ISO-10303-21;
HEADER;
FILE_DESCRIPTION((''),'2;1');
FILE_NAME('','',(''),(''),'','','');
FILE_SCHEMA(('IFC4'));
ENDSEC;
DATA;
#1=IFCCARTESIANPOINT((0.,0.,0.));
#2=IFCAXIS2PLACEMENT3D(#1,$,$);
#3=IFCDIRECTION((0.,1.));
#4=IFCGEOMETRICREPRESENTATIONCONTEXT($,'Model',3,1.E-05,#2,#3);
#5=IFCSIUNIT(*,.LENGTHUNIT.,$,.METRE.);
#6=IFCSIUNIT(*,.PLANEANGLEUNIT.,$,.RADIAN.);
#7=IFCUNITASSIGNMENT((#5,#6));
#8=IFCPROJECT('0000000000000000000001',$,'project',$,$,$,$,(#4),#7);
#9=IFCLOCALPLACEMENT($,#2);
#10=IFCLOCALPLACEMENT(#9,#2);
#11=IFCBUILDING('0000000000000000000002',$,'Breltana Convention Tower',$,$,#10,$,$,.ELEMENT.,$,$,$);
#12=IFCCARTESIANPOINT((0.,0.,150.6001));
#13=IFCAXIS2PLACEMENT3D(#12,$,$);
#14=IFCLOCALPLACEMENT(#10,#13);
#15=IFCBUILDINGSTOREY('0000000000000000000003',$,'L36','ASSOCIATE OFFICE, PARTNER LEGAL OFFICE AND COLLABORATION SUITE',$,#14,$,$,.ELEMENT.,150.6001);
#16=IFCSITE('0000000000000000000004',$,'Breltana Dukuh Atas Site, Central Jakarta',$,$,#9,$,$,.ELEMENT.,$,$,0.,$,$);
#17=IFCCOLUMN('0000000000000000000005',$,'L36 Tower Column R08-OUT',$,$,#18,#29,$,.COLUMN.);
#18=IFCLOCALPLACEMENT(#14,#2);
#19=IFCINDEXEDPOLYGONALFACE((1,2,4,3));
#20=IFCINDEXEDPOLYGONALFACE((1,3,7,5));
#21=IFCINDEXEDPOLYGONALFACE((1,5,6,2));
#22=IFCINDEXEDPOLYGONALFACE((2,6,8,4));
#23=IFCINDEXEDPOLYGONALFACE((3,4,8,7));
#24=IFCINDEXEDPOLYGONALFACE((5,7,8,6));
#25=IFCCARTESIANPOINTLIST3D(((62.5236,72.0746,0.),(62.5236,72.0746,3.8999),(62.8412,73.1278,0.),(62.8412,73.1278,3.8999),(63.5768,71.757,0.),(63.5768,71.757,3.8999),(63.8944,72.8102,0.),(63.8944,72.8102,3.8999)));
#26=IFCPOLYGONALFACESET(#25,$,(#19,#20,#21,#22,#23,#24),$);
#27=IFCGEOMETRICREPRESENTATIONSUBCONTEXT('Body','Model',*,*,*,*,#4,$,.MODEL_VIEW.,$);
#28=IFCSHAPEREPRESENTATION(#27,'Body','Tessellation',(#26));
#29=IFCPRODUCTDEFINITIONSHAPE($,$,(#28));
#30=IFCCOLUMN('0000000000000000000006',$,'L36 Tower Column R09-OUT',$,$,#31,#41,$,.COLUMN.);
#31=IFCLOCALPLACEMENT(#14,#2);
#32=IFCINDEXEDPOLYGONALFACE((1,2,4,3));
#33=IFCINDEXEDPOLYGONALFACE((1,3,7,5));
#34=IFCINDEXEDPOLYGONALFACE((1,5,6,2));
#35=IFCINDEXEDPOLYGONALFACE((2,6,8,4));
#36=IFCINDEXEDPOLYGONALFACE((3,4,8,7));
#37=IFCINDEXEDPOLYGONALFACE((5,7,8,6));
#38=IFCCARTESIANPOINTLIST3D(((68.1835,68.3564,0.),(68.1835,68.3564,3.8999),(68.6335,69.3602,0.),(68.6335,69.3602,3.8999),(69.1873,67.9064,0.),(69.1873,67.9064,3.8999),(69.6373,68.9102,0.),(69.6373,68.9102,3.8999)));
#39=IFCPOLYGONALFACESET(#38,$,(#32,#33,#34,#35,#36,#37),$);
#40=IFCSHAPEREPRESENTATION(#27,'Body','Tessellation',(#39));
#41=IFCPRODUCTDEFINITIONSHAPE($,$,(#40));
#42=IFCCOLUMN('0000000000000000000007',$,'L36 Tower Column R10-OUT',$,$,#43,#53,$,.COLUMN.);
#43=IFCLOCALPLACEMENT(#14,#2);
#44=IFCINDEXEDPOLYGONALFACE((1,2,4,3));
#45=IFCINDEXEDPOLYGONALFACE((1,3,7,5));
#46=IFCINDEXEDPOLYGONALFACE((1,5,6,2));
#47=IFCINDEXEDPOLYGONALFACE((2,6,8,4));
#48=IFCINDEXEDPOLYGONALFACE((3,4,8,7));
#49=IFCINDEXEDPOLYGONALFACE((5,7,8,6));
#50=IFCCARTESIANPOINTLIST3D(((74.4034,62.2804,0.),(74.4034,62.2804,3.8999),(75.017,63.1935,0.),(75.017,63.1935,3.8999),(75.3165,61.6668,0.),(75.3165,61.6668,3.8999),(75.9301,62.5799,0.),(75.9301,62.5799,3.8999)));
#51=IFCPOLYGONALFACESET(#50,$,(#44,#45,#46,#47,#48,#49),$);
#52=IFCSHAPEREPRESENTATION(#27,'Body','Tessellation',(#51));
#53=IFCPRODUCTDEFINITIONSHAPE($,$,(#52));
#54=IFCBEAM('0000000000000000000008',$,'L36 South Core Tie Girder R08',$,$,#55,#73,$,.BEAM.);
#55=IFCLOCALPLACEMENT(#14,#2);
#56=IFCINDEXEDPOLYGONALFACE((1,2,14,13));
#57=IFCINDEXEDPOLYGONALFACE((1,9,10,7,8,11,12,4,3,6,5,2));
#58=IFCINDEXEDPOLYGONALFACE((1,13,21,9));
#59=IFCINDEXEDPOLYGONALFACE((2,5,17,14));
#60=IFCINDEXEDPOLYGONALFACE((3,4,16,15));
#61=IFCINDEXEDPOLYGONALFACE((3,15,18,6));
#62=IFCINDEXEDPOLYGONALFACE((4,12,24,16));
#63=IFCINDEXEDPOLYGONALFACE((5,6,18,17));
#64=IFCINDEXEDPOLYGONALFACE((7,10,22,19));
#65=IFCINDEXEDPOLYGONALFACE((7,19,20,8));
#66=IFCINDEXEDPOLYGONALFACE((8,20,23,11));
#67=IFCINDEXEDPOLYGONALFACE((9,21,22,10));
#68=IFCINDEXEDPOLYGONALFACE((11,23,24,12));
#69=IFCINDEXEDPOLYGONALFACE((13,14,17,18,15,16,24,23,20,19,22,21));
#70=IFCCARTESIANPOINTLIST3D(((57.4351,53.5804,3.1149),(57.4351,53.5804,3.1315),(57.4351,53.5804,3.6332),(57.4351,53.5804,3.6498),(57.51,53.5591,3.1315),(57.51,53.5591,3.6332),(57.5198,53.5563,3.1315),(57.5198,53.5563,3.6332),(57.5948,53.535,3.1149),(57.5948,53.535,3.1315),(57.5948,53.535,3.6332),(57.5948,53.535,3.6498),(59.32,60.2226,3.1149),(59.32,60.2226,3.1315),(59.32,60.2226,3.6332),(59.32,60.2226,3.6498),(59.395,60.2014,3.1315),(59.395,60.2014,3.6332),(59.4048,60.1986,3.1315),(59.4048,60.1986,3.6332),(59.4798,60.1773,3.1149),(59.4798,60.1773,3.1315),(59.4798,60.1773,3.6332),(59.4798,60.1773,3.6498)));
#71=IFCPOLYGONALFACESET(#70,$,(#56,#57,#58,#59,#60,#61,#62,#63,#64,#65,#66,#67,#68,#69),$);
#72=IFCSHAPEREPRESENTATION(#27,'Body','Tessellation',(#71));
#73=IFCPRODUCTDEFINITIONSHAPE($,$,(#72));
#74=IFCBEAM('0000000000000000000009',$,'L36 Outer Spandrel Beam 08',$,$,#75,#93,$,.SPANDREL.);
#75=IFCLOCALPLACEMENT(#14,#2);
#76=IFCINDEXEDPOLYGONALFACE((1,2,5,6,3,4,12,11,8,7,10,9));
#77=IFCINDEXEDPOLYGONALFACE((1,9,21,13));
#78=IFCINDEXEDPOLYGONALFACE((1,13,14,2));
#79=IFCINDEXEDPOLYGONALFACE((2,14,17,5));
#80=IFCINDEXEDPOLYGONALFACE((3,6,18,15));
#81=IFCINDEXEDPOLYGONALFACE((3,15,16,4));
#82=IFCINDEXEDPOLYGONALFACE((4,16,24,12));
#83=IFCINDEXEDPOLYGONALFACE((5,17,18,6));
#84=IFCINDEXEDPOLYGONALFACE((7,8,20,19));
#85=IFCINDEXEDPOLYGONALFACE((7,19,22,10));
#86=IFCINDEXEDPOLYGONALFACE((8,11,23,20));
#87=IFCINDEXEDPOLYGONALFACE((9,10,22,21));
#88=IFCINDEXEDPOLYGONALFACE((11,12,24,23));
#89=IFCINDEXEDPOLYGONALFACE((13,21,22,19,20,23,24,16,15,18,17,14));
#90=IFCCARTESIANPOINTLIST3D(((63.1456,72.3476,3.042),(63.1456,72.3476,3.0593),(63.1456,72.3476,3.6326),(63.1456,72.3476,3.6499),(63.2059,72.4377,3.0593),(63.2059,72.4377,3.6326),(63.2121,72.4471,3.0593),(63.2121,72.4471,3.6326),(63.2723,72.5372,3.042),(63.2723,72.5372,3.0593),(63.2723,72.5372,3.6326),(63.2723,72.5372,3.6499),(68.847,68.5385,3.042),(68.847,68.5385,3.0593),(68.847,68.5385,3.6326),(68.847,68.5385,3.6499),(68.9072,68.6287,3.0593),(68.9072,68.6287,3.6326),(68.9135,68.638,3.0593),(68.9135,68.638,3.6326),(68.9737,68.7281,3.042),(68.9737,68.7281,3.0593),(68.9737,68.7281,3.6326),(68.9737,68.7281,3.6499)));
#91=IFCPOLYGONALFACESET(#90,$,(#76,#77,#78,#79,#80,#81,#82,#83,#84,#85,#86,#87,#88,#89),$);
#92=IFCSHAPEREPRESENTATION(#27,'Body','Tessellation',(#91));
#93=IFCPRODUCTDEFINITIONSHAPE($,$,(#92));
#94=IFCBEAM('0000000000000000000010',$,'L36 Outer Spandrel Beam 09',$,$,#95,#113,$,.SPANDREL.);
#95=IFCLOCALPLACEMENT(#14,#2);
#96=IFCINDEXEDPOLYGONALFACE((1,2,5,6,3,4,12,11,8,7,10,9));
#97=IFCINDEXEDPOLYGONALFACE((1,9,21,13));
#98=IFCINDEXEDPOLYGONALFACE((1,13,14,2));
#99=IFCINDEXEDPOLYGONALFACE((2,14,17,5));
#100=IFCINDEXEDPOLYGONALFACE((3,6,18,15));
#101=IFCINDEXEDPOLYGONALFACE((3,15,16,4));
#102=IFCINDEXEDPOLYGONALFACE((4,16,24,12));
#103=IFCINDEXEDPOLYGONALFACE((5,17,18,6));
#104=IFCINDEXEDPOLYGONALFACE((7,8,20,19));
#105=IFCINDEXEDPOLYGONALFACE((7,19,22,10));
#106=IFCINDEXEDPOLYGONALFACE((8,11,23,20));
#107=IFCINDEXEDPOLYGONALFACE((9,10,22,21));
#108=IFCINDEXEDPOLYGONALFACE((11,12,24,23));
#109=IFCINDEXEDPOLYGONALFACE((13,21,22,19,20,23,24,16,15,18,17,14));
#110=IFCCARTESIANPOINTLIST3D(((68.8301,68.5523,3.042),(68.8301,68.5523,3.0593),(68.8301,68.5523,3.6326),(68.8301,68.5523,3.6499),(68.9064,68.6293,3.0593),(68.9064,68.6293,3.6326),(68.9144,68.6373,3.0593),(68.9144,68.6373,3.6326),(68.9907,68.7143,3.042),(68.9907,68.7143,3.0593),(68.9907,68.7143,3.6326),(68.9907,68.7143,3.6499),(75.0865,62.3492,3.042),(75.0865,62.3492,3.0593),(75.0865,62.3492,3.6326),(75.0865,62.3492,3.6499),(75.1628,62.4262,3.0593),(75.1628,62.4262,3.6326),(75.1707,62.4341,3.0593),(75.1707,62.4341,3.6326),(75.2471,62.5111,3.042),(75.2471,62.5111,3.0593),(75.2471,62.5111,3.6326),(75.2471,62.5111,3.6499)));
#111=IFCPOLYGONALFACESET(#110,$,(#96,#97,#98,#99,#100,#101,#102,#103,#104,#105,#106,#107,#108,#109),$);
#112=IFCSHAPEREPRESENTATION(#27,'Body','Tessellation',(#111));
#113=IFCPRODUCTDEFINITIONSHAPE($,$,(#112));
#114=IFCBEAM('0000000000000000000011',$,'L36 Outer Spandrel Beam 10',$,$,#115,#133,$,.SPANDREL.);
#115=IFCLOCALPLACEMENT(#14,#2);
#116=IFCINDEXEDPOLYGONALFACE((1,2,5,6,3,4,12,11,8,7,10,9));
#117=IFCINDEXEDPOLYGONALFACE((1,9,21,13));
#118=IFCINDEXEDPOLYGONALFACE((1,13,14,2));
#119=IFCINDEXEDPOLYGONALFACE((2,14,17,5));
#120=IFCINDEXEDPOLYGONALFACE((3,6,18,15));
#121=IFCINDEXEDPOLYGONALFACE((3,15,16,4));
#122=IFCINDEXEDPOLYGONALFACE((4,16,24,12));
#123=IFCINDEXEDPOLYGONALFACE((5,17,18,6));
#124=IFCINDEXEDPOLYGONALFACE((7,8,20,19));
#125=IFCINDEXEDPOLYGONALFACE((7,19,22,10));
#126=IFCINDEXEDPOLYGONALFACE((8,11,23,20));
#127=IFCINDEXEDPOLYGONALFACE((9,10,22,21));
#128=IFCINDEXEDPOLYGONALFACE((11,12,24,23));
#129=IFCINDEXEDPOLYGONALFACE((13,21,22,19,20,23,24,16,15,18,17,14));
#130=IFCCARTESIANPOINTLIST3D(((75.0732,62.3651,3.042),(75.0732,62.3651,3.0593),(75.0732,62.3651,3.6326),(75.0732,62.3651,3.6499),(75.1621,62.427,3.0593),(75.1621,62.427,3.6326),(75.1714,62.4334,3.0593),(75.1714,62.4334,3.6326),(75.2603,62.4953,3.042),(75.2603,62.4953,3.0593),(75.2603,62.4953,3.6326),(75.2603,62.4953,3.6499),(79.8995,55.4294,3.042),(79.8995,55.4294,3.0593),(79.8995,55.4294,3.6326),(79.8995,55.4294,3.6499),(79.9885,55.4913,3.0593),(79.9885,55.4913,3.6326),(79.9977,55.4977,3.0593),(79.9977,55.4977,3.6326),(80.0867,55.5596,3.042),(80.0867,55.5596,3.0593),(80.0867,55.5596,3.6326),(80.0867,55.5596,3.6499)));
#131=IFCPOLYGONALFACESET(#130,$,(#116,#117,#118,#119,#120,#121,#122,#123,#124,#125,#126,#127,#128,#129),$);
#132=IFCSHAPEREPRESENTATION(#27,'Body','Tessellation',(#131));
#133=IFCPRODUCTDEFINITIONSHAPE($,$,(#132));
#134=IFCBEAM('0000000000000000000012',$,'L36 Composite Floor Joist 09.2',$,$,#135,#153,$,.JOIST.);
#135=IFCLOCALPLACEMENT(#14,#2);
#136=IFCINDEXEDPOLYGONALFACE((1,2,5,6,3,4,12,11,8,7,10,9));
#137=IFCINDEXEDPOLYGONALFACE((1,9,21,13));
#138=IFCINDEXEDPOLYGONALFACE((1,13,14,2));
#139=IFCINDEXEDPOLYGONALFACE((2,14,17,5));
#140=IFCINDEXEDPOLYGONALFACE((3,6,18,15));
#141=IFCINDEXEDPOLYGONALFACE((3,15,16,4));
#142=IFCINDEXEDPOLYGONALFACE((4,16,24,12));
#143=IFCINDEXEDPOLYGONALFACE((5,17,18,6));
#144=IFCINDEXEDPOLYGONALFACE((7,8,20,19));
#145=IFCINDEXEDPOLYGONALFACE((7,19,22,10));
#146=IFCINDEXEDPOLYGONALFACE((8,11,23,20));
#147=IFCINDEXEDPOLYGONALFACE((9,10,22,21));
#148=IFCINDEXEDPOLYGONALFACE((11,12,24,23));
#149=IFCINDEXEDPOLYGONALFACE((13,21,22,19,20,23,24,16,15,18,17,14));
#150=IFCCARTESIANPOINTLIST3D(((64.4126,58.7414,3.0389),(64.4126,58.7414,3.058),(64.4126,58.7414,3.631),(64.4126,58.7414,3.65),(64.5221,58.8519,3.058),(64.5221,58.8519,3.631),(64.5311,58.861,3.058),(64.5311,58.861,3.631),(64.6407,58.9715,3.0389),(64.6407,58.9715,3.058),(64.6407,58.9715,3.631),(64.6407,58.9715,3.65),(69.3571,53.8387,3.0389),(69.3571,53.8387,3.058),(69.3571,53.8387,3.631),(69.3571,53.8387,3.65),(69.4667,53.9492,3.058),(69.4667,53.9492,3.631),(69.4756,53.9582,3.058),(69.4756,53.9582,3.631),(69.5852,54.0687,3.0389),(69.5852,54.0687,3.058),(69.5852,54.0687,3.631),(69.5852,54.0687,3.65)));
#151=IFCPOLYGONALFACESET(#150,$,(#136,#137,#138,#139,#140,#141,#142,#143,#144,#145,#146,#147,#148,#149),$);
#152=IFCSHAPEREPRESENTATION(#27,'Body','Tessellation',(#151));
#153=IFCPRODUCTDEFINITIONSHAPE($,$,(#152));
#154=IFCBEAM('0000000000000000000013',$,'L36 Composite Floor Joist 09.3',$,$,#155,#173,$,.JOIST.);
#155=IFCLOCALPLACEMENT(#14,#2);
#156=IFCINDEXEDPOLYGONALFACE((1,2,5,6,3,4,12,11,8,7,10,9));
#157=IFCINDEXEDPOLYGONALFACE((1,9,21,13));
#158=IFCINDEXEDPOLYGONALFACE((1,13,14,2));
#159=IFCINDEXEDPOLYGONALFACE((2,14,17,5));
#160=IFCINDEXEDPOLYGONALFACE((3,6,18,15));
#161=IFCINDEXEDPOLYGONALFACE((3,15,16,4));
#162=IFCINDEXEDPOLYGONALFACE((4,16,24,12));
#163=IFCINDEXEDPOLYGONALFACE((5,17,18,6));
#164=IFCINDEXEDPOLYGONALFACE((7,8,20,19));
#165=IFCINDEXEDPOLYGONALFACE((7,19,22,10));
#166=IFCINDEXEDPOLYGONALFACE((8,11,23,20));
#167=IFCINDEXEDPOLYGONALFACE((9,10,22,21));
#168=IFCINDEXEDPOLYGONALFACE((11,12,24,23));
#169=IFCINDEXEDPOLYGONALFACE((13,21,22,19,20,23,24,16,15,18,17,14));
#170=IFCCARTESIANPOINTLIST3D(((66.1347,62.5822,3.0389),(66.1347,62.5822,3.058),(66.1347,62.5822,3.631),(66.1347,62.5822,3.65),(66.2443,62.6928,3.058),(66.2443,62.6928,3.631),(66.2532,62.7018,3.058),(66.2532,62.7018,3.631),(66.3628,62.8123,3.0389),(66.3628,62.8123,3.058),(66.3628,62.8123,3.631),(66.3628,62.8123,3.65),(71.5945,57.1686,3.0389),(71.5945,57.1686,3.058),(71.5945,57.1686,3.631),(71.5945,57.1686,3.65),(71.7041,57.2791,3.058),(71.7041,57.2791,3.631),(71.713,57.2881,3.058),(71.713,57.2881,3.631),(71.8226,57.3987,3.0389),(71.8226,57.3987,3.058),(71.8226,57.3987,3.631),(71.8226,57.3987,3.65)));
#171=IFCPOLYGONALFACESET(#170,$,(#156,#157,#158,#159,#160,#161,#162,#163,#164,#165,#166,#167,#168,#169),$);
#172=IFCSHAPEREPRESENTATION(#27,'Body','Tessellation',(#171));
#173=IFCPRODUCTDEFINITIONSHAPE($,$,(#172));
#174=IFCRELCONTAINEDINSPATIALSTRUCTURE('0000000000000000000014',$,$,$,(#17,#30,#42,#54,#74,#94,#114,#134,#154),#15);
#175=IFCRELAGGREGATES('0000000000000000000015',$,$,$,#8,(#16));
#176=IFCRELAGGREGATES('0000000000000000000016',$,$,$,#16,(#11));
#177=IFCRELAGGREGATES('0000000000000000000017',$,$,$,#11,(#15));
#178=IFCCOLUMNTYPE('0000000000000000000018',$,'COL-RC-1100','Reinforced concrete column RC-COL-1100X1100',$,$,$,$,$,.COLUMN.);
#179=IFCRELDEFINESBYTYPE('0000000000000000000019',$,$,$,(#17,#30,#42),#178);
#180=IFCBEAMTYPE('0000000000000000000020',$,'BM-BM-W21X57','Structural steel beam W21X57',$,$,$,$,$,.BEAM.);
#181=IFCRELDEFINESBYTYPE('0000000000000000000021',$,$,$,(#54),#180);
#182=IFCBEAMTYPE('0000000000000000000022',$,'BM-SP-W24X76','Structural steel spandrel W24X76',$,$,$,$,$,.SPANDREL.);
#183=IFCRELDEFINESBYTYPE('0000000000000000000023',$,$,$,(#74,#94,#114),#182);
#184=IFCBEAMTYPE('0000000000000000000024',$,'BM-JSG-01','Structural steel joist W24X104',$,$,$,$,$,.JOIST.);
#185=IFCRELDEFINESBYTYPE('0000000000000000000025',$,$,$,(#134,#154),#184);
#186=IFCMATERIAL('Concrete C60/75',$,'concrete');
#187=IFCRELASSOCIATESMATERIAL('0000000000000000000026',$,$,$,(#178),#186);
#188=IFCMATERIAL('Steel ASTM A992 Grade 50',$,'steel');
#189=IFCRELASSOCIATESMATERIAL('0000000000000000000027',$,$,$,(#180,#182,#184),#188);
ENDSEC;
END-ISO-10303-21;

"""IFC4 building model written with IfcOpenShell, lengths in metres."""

from ifc_helpers import new_model, si_unit, direction, frame, origin, origin_2d, place, context, subcontext, project, spatial, rectangle, i_section, extrude, source, transform, mapped, material, material_profile, profile_set, type_object, type_shapes, element, save


model = new_model("IFC4")

# Units and contexts
model_context = context("Model", 3, precision=1e-05, world=origin(), true_north=direction((0.0, 1.0)))
body_context = subcontext(model_context, "Body", "Model", "MODEL_VIEW")
ifc_project = project(units=[si_unit("LENGTHUNIT", "METRE"), si_unit("PLANEANGLEUNIT", "RADIAN")], contexts=[model_context])

# Site, building, storey
site_placement = place(None, origin())
site = spatial("IfcSite", under=ifc_project, at=site_placement, Name="Breltana Dukuh Atas Site, Central Jakarta", CompositionType="ELEMENT", RefElevation=0.0)
building_placement = place(site_placement, origin())
building = spatial("IfcBuilding", under=site, at=building_placement, Name="Breltana Convention Tower", CompositionType="ELEMENT")
storey_placement = place(building_placement, frame((0.0, 0.0, 150.6001)))
storey = spatial("IfcBuildingStorey", under=building, at=storey_placement, Name="L36", Description="ASSOCIATE OFFICE, PARTNER LEGAL OFFICE AND COLLABORATION SUITE", CompositionType="ELEMENT", Elevation=150.6001)

# Columns
ifc_material_1 = material(Name="Concrete C60/75", Category="concrete")
ifc_material_profile_1 = material_profile(ifc_material_1, rectangle(XDim=1.1001, YDim=1.1001, at=origin_2d()), Name="RC-COL-1100X1100")
ifc_profile_set_1 = profile_set([ifc_material_profile_1], Name="Concrete C60/75")
column_type = type_object("IfcColumnType", Name="COL-RC-1100", Description="Reinforced concrete column RC-COL-1100X1100", PredefinedType="COLUMN", material=ifc_profile_set_1)
shared_shape_1 = source(origin(), body_context, "Body", "SweptSolid", [
    extrude(rectangle(XDim=1.1001, YDim=1.1001, at=origin_2d()), origin(), (0.0, 0.0, 1.0), 3.8999),
])
for number, where, z_axis, x_axis, name in (
    (1, (63.209, 72.4424, 0.0), (0.0, 0.0, 1.0), (0.288698, 0.95742, 0.0), "L36 Tower Column R08-OUT"),
    (2, (68.9104, 68.6333, 0.0), (0.0, 0.0, 1.0), (0.409127, 0.912477, 0.0), "L36 Tower Column R09-OUT"),
    (3, (75.1667, 62.4302, 0.0), (0.0, 0.0, 1.0), (0.557745, 0.830012, 0.0), "L36 Tower Column R10-OUT"),
):
    element("IfcColumn", number, at=place(storey_placement, frame(where, z_axis=z_axis, x_axis=x_axis)), inside=storey, type_object=column_type, Name=name, PredefinedType="COLUMN", context=body_context, shape_type="MappedRepresentation", body=[
        mapped(shared_shape_1, transform((0.0, 0.0, 0.0), scale=1.0)),
    ])

# Beams
ifc_material_2 = material(Name="Steel ASTM A992 Grade 50", Category="steel")
ifc_material_profile_2 = material_profile(ifc_material_2, i_section(OverallWidth=0.166, OverallDepth=0.5349, WebThickness=0.0103, FlangeThickness=0.0166, at=origin_2d()), Name="W21X57")
ifc_profile_set_2 = profile_set([ifc_material_profile_2], Name="Steel ASTM A992 Grade 50")
beam_type_1 = type_object("IfcBeamType", Name="BM-BM-W21X57", Description="Structural steel beam W21X57", PredefinedType="BEAM", material=ifc_profile_set_2)
shared_shape_2 = source(origin(), body_context, "Body", "SweptSolid", [
    extrude(i_section(OverallWidth=0.166, OverallDepth=0.5349, WebThickness=0.0103, FlangeThickness=0.0166, at=origin_2d()), origin(), (0.0, 0.0, 1.0), 6.9045),
])
type_shapes(beam_type_1, [shared_shape_2])
beam_1_placement = place(storey_placement, frame((59.3999, 60.2, 3.3823), z_axis=(-0.273007, -0.962012, 0.0), x_axis=(0.962012, -0.273007, 0.0)))
element("IfcBeam", 4, at=beam_1_placement, inside=storey, type_object=beam_type_1, Name="L36 South Core Tie Girder R08", PredefinedType="BEAM", context=body_context, shape_type="MappedRepresentation", body=[
    mapped(shared_shape_2, transform((0.0, 0.0, 0.0), scale=1.0)),
])
ifc_material_profile_3 = material_profile(ifc_material_2, i_section(OverallWidth=0.228, OverallDepth=0.6079, WebThickness=0.0112, FlangeThickness=0.0173, at=origin_2d()), Name="W24X76")
ifc_profile_set_3 = profile_set([ifc_material_profile_3], Name="Steel ASTM A992 Grade 50")
beam_type_2 = type_object("IfcBeamType", Name="BM-SP-W24X76", Description="Structural steel spandrel W24X76", PredefinedType="SPANDREL", material=ifc_profile_set_3)
shared_shape_3 = source(origin(), body_context, "Body", "SweptSolid", [
    extrude(i_section(OverallWidth=0.228, OverallDepth=0.6079, WebThickness=0.0112, FlangeThickness=0.0173, at=origin_2d()), origin(), (0.0, 0.0, 1.0), 6.8567),
])
beam_2_placement = place(storey_placement, frame((63.209, 72.4424, 3.3459), z_axis=(0.831502, -0.555522, 0.0), x_axis=(0.555522, 0.831502, 0.0)))
element("IfcBeam", 5, at=beam_2_placement, inside=storey, type_object=beam_type_2, Name="L36 Outer Spandrel Beam 08", PredefinedType="SPANDREL", context=body_context, shape_type="MappedRepresentation", body=[
    mapped(shared_shape_3, transform((0.0, 0.0, 0.0), scale=1.0)),
])
shared_shape_4 = source(origin(), body_context, "Body", "SweptSolid", [
    extrude(i_section(OverallWidth=0.228, OverallDepth=0.6079, WebThickness=0.0112, FlangeThickness=0.0173, at=origin_2d()), origin(), (0.0, 0.0, 1.0), 8.8103),
])
beam_3_placement = place(storey_placement, frame((68.9104, 68.6333, 3.3459), z_axis=(0.710121, -0.70408, 0.0), x_axis=(0.70408, 0.710121, 0.0)))
element("IfcBeam", 6, at=beam_3_placement, inside=storey, type_object=beam_type_2, Name="L36 Outer Spandrel Beam 09", PredefinedType="SPANDREL", context=body_context, shape_type="MappedRepresentation", body=[
    mapped(shared_shape_4, transform((0.0, 0.0, 0.0), scale=1.0)),
])
shared_shape_5 = source(origin(), body_context, "Body", "SweptSolid", [
    extrude(i_section(OverallWidth=0.228, OverallDepth=0.6079, WebThickness=0.0112, FlangeThickness=0.0173, at=origin_2d()), origin(), (0.0, 0.0, 1.0), 8.4497),
])
beam_4_placement = place(storey_placement, frame((75.1667, 62.4302, 3.3459), z_axis=(0.571186, -0.820821, 0.0), x_axis=(0.820821, 0.571186, 0.0)))
element("IfcBeam", 7, at=beam_4_placement, inside=storey, type_object=beam_type_2, Name="L36 Outer Spandrel Beam 10", PredefinedType="SPANDREL", context=body_context, shape_type="MappedRepresentation", body=[
    mapped(shared_shape_5, transform((0.0, 0.0, 0.0), scale=1.0)),
])
ifc_material_profile_4 = material_profile(ifc_material_2, i_section(OverallWidth=0.324, OverallDepth=0.6111, WebThickness=0.0127, FlangeThickness=0.019, at=origin_2d()), Name="W24X104")
ifc_profile_set_4 = profile_set([ifc_material_profile_4], Name="Steel ASTM A992 Grade 50")
beam_type_3 = type_object("IfcBeamType", Name="BM-JSG-01", Description="Structural steel joist W24X104", PredefinedType="JOIST", material=ifc_profile_set_4)
shared_shape_6 = source(origin(), body_context, "Body", "SweptSolid", [
    extrude(i_section(OverallWidth=0.324, OverallDepth=0.6111, WebThickness=0.0127, FlangeThickness=0.019, at=origin_2d()), origin(), (0.0, 0.0, 1.0), 6.9631),
])
beam_5_placement = place(storey_placement, frame((64.5266, 58.8564, 3.3445), z_axis=(0.710098, -0.704103, 0.0), x_axis=(0.704103, 0.710098, 0.0)))
element("IfcBeam", 8, at=beam_5_placement, inside=storey, type_object=beam_type_3, Name="L36 Composite Floor Joist 09.2", PredefinedType="JOIST", context=body_context, shape_type="MappedRepresentation", body=[
    mapped(shared_shape_6, transform((0.0, 0.0, 0.0), scale=1.0)),
])
shared_shape_7 = source(origin(), body_context, "Body", "SweptSolid", [
    extrude(i_section(OverallWidth=0.324, OverallDepth=0.6111, WebThickness=0.0127, FlangeThickness=0.019, at=origin_2d()), origin(), (0.0, 0.0, 1.0), 7.6887),
])
beam_6_placement = place(storey_placement, frame((66.2488, 62.6973, 3.3445), z_axis=(0.710101, -0.7041, 0.0), x_axis=(0.7041, 0.710101, 0.0)))
element("IfcBeam", 9, at=beam_6_placement, inside=storey, type_object=beam_type_3, Name="L36 Composite Floor Joist 09.3", PredefinedType="JOIST", context=body_context, shape_type="MappedRepresentation", body=[
    mapped(shared_shape_7, transform((0.0, 0.0, 0.0), scale=1.0)),
])

save(model, "model.ifc")
